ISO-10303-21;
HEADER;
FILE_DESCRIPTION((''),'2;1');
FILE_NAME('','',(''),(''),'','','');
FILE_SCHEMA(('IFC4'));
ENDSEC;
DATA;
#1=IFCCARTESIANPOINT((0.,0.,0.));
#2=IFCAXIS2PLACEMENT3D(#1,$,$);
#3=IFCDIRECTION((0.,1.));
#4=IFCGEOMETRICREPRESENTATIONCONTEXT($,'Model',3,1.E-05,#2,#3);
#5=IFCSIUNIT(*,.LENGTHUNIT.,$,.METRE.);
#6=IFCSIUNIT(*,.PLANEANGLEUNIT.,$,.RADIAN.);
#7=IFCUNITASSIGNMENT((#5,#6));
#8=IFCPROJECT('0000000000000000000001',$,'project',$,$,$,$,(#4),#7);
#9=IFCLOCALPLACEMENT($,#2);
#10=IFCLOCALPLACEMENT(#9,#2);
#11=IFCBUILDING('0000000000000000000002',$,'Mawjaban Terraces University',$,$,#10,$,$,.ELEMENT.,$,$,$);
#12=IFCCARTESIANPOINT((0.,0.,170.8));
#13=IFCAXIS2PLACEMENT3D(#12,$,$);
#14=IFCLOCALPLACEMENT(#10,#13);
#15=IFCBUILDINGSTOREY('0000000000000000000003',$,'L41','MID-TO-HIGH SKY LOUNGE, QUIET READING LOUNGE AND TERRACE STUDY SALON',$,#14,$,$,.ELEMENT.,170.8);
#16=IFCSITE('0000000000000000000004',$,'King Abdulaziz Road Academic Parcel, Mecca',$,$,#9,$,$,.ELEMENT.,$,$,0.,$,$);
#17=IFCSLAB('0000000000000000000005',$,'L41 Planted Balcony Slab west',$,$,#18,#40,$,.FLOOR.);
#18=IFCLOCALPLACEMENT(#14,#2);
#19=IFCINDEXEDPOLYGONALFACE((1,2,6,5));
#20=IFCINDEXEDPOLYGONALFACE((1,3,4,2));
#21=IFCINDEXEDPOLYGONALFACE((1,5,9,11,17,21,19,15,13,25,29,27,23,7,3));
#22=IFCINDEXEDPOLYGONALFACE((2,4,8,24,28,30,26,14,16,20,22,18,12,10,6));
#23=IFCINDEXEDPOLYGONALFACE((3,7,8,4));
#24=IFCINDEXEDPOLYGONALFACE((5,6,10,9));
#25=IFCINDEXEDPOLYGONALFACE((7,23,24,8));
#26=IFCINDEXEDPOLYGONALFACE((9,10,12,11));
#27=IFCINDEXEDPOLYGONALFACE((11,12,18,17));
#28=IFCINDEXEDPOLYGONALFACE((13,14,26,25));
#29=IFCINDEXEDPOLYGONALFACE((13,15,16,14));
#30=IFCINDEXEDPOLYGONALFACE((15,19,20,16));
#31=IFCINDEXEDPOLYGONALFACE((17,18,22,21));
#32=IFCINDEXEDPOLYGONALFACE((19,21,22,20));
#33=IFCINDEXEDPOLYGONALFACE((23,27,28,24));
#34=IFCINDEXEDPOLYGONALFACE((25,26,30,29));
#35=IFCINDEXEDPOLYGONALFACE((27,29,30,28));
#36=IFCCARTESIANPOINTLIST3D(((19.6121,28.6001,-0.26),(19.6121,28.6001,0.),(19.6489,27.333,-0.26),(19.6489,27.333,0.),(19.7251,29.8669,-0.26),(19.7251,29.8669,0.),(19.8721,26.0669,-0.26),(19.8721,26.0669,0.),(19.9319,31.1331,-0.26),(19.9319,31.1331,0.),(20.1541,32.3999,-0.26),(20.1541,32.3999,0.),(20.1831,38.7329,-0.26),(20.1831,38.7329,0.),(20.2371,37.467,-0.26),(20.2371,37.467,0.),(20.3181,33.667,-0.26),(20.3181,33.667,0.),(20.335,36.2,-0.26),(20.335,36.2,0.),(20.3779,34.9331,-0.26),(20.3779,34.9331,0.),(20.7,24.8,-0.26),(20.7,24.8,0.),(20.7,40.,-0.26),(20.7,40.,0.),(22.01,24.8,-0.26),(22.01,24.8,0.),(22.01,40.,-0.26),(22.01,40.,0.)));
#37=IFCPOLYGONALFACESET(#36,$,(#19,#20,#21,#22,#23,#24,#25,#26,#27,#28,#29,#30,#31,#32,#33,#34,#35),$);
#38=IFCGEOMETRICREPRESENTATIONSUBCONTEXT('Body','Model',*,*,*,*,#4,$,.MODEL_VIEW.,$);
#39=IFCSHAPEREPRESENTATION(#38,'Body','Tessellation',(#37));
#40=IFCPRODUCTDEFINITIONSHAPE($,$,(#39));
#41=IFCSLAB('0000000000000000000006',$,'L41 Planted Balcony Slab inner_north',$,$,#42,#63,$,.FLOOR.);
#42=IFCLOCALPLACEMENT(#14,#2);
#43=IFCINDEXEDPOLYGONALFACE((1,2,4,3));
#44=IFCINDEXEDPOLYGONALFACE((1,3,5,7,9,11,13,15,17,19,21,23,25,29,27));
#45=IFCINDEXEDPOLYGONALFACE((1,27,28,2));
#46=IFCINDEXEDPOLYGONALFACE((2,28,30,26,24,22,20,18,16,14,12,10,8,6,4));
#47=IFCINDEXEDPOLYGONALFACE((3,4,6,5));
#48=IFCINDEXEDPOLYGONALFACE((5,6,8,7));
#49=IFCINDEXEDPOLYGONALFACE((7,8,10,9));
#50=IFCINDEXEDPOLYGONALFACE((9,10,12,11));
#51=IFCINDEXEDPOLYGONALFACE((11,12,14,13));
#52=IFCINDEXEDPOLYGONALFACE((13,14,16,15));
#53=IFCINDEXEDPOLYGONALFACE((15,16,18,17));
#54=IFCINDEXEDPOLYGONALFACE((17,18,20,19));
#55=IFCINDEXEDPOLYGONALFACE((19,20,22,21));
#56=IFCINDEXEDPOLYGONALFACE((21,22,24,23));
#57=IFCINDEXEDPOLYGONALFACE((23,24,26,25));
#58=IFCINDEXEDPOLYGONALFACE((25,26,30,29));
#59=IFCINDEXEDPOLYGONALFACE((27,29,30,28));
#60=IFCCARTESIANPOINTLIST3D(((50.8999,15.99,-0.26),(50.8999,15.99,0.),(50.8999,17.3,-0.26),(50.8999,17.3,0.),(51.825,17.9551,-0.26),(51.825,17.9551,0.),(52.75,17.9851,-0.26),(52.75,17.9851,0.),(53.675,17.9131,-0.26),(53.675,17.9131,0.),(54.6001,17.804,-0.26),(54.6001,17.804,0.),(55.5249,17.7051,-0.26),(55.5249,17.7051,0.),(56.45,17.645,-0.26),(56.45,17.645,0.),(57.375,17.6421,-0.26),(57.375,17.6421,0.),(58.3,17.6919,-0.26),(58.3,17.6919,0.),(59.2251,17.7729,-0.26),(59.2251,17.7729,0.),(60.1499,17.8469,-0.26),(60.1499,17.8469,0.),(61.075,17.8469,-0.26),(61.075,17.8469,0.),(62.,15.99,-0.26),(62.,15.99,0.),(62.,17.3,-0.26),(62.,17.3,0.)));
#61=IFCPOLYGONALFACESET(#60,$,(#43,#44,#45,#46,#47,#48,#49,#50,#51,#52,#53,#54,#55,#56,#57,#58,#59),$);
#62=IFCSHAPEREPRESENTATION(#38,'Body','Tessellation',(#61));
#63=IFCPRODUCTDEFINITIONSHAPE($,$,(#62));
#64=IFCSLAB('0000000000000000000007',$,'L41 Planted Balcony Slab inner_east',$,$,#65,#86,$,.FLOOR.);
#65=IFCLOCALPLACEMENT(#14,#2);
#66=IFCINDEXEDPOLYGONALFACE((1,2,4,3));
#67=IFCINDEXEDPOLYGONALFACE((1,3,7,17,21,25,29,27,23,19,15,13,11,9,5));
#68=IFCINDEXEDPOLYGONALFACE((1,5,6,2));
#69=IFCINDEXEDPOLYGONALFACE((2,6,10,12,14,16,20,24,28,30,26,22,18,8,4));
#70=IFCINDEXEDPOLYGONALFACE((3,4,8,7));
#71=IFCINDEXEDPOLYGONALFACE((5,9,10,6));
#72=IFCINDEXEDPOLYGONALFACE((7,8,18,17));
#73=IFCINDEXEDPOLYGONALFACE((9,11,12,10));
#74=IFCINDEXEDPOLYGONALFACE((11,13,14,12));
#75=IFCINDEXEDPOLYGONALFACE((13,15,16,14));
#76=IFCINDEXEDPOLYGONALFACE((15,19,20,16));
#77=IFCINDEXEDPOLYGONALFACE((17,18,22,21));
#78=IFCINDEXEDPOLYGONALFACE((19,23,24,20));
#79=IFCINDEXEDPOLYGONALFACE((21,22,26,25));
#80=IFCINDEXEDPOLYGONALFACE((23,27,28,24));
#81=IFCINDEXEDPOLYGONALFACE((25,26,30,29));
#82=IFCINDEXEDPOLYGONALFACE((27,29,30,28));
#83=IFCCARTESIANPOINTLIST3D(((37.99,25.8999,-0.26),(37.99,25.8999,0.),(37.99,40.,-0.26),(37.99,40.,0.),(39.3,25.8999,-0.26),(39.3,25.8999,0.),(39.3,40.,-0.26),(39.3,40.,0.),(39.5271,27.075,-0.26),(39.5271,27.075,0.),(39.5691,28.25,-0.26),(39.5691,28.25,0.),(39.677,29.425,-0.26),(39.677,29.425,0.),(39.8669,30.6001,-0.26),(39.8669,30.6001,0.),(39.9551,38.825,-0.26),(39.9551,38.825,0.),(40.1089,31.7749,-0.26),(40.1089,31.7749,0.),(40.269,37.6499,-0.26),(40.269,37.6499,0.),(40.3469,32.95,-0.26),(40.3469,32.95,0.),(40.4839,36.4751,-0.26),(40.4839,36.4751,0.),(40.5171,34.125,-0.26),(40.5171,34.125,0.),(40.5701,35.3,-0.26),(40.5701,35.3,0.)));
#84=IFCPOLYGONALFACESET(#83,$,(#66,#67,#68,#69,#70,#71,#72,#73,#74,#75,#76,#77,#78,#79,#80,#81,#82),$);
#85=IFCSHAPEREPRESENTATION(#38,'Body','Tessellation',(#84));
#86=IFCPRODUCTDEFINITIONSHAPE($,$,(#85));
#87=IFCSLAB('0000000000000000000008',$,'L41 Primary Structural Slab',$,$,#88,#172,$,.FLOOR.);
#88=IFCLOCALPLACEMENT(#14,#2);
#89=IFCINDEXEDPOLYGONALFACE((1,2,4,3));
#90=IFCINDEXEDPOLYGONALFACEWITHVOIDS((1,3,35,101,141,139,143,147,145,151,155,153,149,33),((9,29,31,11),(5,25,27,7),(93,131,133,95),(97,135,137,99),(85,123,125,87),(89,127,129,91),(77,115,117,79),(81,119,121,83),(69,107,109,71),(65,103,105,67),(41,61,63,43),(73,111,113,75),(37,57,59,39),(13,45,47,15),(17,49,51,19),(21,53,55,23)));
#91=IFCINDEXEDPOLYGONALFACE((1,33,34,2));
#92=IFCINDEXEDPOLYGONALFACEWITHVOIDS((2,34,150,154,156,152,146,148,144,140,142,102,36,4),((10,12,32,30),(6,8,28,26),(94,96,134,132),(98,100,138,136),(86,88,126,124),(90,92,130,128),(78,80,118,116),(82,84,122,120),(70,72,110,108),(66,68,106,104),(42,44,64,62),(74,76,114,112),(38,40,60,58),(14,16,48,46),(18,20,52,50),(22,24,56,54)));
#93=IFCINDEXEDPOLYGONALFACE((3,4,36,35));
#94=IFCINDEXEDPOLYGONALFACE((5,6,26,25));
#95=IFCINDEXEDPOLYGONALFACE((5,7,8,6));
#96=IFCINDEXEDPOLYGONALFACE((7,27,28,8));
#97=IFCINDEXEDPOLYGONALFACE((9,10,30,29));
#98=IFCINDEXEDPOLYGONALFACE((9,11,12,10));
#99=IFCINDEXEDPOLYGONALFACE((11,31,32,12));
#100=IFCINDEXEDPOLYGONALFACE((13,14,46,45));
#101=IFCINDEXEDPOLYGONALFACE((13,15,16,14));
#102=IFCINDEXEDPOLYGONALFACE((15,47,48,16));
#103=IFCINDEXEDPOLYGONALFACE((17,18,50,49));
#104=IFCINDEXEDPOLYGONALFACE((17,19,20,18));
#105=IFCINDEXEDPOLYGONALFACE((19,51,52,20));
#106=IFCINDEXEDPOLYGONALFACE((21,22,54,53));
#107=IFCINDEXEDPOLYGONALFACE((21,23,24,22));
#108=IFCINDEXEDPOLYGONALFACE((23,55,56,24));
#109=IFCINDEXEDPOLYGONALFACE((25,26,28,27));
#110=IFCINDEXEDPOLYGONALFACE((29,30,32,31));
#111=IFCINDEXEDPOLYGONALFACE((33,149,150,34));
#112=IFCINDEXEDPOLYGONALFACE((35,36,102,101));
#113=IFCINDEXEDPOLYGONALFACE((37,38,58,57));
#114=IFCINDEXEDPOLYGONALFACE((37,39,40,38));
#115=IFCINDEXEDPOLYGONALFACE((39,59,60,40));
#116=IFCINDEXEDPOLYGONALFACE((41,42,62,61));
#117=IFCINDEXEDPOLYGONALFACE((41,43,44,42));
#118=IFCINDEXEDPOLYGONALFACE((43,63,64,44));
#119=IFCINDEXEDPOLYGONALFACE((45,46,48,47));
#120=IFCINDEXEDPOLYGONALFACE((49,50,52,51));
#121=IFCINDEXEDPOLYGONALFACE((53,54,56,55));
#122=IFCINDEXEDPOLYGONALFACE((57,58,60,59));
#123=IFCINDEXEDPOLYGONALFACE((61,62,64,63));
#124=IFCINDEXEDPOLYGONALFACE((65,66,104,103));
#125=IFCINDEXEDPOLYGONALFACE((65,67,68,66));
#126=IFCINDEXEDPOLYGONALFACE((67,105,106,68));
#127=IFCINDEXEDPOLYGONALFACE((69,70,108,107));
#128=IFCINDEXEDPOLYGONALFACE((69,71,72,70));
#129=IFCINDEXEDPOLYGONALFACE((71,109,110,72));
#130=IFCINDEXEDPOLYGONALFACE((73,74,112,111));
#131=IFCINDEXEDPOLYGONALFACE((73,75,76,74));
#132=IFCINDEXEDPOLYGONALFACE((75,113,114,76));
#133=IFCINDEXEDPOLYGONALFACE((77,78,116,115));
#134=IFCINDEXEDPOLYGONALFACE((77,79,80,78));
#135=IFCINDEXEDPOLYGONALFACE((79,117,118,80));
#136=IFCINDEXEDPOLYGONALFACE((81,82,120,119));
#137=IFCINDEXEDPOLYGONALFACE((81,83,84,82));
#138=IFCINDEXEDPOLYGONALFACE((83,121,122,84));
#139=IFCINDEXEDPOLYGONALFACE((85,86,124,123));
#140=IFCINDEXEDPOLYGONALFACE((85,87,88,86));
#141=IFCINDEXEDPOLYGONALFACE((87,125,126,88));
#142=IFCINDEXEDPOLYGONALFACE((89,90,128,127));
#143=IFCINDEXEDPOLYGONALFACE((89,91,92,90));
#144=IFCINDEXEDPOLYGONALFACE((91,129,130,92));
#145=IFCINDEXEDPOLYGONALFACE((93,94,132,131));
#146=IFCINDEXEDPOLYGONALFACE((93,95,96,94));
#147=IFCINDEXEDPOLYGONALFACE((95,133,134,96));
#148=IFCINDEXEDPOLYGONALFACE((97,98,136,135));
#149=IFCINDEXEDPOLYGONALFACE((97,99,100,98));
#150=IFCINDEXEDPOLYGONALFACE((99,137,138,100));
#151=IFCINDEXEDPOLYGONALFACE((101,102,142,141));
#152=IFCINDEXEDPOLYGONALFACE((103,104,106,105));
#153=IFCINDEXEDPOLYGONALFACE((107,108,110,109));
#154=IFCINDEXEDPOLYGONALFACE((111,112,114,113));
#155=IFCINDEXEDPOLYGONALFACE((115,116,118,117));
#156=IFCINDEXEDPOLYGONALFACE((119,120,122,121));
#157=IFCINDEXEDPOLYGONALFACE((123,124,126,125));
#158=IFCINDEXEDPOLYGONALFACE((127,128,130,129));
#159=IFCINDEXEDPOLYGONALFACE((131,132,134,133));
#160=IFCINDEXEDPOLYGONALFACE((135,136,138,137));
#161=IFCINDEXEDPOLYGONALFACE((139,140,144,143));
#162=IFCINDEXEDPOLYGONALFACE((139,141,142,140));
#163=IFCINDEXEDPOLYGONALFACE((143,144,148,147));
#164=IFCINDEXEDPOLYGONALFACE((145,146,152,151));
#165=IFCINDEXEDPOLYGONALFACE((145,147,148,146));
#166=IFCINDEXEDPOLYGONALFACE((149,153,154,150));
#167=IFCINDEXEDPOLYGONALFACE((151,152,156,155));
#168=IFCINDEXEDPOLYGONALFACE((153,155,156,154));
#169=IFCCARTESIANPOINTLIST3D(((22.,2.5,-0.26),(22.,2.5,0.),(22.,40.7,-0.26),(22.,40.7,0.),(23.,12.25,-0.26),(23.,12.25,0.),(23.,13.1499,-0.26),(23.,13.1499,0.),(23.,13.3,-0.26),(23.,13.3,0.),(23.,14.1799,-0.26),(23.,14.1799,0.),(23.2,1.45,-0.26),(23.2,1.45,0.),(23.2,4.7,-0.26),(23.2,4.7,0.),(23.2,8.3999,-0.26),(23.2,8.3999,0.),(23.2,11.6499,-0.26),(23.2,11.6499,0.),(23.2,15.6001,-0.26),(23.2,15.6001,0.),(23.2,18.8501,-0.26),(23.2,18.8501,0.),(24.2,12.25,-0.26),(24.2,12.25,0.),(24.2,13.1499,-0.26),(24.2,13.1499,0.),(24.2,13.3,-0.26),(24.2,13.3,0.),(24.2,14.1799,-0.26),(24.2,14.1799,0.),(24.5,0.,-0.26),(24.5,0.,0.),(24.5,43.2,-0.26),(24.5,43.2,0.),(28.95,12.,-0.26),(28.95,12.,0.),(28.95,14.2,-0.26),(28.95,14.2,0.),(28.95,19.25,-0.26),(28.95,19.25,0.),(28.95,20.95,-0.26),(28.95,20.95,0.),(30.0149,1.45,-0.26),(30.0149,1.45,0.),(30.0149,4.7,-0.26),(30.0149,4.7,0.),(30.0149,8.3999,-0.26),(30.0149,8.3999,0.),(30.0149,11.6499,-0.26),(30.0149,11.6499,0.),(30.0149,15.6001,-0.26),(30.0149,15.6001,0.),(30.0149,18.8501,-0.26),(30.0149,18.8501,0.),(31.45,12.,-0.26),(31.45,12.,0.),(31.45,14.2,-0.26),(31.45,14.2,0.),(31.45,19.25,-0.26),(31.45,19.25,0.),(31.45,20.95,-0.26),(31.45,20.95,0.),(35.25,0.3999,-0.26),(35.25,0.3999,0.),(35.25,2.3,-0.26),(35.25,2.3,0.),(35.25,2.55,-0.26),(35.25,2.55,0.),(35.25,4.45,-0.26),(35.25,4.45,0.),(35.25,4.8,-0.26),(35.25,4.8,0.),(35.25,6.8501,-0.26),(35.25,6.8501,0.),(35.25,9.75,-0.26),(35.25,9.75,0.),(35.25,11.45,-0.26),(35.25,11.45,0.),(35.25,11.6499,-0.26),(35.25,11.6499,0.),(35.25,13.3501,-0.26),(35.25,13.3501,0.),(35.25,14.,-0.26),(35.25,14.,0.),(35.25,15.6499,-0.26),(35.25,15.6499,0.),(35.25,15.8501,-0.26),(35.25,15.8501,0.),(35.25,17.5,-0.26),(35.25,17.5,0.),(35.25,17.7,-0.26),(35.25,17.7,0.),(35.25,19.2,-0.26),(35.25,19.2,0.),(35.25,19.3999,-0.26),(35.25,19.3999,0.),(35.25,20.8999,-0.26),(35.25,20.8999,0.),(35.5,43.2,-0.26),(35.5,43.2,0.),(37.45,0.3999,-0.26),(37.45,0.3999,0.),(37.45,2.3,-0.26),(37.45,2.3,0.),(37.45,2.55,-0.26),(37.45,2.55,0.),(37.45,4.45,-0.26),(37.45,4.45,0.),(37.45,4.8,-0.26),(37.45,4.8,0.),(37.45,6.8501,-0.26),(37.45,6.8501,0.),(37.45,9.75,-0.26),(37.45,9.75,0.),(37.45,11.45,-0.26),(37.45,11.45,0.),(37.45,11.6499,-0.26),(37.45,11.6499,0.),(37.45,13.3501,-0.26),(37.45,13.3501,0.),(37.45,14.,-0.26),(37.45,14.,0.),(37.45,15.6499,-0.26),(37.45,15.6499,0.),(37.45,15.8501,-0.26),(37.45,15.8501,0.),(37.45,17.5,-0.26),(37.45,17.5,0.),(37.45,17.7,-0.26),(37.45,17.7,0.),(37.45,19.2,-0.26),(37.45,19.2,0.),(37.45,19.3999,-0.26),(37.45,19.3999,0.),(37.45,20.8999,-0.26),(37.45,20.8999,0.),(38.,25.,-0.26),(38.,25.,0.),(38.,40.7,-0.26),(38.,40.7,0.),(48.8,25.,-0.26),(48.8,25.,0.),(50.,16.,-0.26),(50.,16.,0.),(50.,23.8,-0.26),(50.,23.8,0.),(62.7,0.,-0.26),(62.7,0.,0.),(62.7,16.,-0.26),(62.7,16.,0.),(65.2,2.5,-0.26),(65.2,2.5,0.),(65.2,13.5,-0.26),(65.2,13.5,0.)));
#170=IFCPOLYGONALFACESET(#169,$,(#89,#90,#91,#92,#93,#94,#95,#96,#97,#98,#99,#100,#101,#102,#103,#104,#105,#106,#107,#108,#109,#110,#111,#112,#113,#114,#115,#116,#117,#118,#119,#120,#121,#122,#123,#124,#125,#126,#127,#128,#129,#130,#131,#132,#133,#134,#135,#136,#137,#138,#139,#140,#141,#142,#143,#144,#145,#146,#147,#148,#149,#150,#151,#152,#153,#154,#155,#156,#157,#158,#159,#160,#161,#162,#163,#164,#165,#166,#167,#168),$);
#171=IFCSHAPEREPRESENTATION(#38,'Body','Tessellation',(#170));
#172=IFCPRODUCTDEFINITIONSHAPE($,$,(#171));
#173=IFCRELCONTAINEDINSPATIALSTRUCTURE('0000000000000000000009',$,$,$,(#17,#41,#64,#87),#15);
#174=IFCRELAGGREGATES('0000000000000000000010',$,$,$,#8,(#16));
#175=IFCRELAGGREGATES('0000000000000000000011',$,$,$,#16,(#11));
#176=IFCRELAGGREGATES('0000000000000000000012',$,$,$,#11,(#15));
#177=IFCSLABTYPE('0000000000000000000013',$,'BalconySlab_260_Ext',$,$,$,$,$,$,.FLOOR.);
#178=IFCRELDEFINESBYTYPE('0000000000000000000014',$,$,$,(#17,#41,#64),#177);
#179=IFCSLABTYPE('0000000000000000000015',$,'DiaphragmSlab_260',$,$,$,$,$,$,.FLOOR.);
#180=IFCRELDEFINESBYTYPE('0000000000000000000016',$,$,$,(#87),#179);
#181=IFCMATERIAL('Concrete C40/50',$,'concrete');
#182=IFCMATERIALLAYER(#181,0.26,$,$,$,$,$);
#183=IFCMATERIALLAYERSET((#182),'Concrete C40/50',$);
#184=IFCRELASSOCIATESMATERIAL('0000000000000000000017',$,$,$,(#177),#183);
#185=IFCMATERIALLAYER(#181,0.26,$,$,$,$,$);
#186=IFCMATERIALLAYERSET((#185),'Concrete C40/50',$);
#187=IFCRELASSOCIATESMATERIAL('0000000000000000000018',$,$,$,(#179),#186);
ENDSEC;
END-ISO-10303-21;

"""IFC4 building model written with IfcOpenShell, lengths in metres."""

from ifc_helpers import new_model, si_unit, direction, frame, origin, place, context, subcontext, project, spatial, polyline, outline, extrude, material, layer, layer_set, type_object, element, save


model = new_model("IFC4")

# Units and contexts
model_context = context("Model", 3, precision=1e-05, world=origin(), true_north=direction((0.0, 1.0)))
body_context = subcontext(model_context, "Body", "Model", "MODEL_VIEW")
ifc_project = project(units=[si_unit("LENGTHUNIT", "METRE"), si_unit("PLANEANGLEUNIT", "RADIAN")], contexts=[model_context])

# Site, building, storey
site_placement = place(None, origin())
site = spatial("IfcSite", under=ifc_project, at=site_placement, Name="King Abdulaziz Road Academic Parcel, Mecca", CompositionType="ELEMENT", RefElevation=0.0)
building_placement = place(site_placement, origin())
building = spatial("IfcBuilding", under=site, at=building_placement, Name="Mawjaban Terraces University", CompositionType="ELEMENT")
storey_placement = place(building_placement, frame((0.0, 0.0, 170.8)))
storey = spatial("IfcBuildingStorey", under=building, at=storey_placement, Name="L41", Description="MID-TO-HIGH SKY LOUNGE, QUIET READING LOUNGE AND TERRACE STUDY SALON", CompositionType="ELEMENT", Elevation=170.8)

# Slabs
ifc_material_1 = material(Name="Concrete C40/50", Category="concrete")
ifc_layer_1 = layer(ifc_material_1, 0.26)
ifc_layer_set_1 = layer_set([ifc_layer_1], Name="Concrete C40/50")
slab_type_1 = type_object("IfcSlabType", Name="BalconySlab_260_Ext", PredefinedType="FLOOR", material=ifc_layer_set_1)
slab_1_placement = place(storey_placement, frame((0.0, 0.0, -0.26)))
element("IfcSlab", 1, at=slab_1_placement, inside=storey, type_object=slab_type_1, Name="L41 Planted Balcony Slab west", PredefinedType="FLOOR", context=body_context, shape_type="SweptSolid", body=[
    extrude(outline(polyline([(22.01, 24.8), (22.01, 40.0), (20.7, 40.0), (20.1831, 38.7329), (20.2371, 37.467), (20.335, 36.2), (20.3779, 34.9331), (20.3181, 33.667), (20.1541, 32.3999), (19.9319, 31.1331), (19.7251, 29.8669), (19.6121, 28.6001), (19.6489, 27.333), (19.8721, 26.0669), (20.7, 24.8), (22.01, 24.8)])), origin(), (0.0, 0.0, 1.0), 0.26),
])
slab_2_placement = place(storey_placement, frame((0.0, 0.0, -0.26)))
element("IfcSlab", 2, at=slab_2_placement, inside=storey, type_object=slab_type_1, Name="L41 Planted Balcony Slab inner_north", PredefinedType="FLOOR", context=body_context, shape_type="SweptSolid", body=[
    extrude(outline(polyline([(50.8999, 15.99), (62.0, 15.99), (62.0, 17.3), (61.075, 17.8469), (60.1499, 17.8469), (59.2251, 17.7729), (58.3, 17.6919), (57.375, 17.6421), (56.45, 17.645), (55.5249, 17.7051), (54.6001, 17.804), (53.675, 17.9131), (52.75, 17.9851), (51.825, 17.9551), (50.8999, 17.3), (50.8999, 15.99)])), origin(), (0.0, 0.0, 1.0), 0.26),
])
slab_3_placement = place(storey_placement, frame((0.0, 0.0, -0.26)))
element("IfcSlab", 3, at=slab_3_placement, inside=storey, type_object=slab_type_1, Name="L41 Planted Balcony Slab inner_east", PredefinedType="FLOOR", context=body_context, shape_type="SweptSolid", body=[
    extrude(outline(polyline([(39.3, 25.8999), (39.5271, 27.075), (39.5691, 28.25), (39.677, 29.425), (39.8669, 30.6001), (40.1089, 31.7749), (40.3469, 32.95), (40.5171, 34.125), (40.5701, 35.3), (40.4839, 36.4751), (40.269, 37.6499), (39.9551, 38.825), (39.3, 40.0), (37.99, 40.0), (37.99, 25.8999), (39.3, 25.8999)])), origin(), (0.0, 0.0, 1.0), 0.26),
])
ifc_layer_2 = layer(ifc_material_1, 0.26)
ifc_layer_set_2 = layer_set([ifc_layer_2], Name="Concrete C40/50")
slab_type_2 = type_object("IfcSlabType", Name="DiaphragmSlab_260", PredefinedType="FLOOR", material=ifc_layer_set_2)
slab_4_placement = place(storey_placement, frame((0.0, 0.0, -0.26)))
element("IfcSlab", 4, at=slab_4_placement, inside=storey, type_object=slab_type_2, Name="L41 Primary Structural Slab", PredefinedType="FLOOR", context=body_context, shape_type="SweptSolid", body=[
    extrude(outline(polyline([(24.5, 0.0), (62.7, 0.0), (65.2, 2.5), (65.2, 13.5), (62.7, 16.0), (50.0, 16.0), (50.0, 23.8), (48.8, 25.0), (38.0, 25.0), (38.0, 40.7), (35.5, 43.2), (24.5, 43.2), (22.0, 40.7), (22.0, 2.5), (24.5, 0.0)]), holes=[polyline([(30.0149, 4.7), (23.2, 4.7), (23.2, 1.45), (30.0149, 1.45), (30.0149, 4.7)]), polyline([(30.0149, 18.8501), (23.2, 18.8501), (23.2, 15.6001), (30.0149, 15.6001), (30.0149, 18.8501)]), polyline([(30.0149, 11.6499), (23.2, 11.6499), (23.2, 8.3999), (30.0149, 8.3999), (30.0149, 11.6499)]), polyline([(35.25, 0.3999), (37.45, 0.3999), (37.45, 2.3), (35.25, 2.3), (35.25, 0.3999)]), polyline([(35.25, 2.55), (37.45, 2.55), (37.45, 4.45), (35.25, 4.45), (35.25, 2.55)]), polyline([(35.25, 4.8), (37.45, 4.8), (37.45, 6.8501), (35.25, 6.8501), (35.25, 4.8)]), polyline([(35.25, 9.75), (37.45, 9.75), (37.45, 11.45), (35.25, 11.45), (35.25, 9.75)]), polyline([(35.25, 11.6499), (37.45, 11.6499), (37.45, 13.3501), (35.25, 13.3501), (35.25, 11.6499)]), polyline([(28.95, 12.0), (31.45, 12.0), (31.45, 14.2), (28.95, 14.2), (28.95, 12.0)]), polyline([(35.25, 14.0), (37.45, 14.0), (37.45, 15.6499), (35.25, 15.6499), (35.25, 14.0)]), polyline([(35.25, 15.8501), (37.45, 15.8501), (37.45, 17.5), (35.25, 17.5), (35.25, 15.8501)]), polyline([(35.25, 17.7), (37.45, 17.7), (37.45, 19.2), (35.25, 19.2), (35.25, 17.7)]), polyline([(35.25, 19.3999), (37.45, 19.3999), (37.45, 20.8999), (35.25, 20.8999), (35.25, 19.3999)]), polyline([(28.95, 19.25), (31.45, 19.25), (31.45, 20.95), (28.95, 20.95), (28.95, 19.25)]), polyline([(23.0, 12.25), (24.2, 12.25), (24.2, 13.1499), (23.0, 13.1499), (23.0, 12.25)]), polyline([(23.0, 13.3), (24.2, 13.3), (24.2, 14.1799), (23.0, 14.1799), (23.0, 13.3)])]), origin(), (0.0, 0.0, 1.0), 0.26),
])

save(model, "model.ifc")
